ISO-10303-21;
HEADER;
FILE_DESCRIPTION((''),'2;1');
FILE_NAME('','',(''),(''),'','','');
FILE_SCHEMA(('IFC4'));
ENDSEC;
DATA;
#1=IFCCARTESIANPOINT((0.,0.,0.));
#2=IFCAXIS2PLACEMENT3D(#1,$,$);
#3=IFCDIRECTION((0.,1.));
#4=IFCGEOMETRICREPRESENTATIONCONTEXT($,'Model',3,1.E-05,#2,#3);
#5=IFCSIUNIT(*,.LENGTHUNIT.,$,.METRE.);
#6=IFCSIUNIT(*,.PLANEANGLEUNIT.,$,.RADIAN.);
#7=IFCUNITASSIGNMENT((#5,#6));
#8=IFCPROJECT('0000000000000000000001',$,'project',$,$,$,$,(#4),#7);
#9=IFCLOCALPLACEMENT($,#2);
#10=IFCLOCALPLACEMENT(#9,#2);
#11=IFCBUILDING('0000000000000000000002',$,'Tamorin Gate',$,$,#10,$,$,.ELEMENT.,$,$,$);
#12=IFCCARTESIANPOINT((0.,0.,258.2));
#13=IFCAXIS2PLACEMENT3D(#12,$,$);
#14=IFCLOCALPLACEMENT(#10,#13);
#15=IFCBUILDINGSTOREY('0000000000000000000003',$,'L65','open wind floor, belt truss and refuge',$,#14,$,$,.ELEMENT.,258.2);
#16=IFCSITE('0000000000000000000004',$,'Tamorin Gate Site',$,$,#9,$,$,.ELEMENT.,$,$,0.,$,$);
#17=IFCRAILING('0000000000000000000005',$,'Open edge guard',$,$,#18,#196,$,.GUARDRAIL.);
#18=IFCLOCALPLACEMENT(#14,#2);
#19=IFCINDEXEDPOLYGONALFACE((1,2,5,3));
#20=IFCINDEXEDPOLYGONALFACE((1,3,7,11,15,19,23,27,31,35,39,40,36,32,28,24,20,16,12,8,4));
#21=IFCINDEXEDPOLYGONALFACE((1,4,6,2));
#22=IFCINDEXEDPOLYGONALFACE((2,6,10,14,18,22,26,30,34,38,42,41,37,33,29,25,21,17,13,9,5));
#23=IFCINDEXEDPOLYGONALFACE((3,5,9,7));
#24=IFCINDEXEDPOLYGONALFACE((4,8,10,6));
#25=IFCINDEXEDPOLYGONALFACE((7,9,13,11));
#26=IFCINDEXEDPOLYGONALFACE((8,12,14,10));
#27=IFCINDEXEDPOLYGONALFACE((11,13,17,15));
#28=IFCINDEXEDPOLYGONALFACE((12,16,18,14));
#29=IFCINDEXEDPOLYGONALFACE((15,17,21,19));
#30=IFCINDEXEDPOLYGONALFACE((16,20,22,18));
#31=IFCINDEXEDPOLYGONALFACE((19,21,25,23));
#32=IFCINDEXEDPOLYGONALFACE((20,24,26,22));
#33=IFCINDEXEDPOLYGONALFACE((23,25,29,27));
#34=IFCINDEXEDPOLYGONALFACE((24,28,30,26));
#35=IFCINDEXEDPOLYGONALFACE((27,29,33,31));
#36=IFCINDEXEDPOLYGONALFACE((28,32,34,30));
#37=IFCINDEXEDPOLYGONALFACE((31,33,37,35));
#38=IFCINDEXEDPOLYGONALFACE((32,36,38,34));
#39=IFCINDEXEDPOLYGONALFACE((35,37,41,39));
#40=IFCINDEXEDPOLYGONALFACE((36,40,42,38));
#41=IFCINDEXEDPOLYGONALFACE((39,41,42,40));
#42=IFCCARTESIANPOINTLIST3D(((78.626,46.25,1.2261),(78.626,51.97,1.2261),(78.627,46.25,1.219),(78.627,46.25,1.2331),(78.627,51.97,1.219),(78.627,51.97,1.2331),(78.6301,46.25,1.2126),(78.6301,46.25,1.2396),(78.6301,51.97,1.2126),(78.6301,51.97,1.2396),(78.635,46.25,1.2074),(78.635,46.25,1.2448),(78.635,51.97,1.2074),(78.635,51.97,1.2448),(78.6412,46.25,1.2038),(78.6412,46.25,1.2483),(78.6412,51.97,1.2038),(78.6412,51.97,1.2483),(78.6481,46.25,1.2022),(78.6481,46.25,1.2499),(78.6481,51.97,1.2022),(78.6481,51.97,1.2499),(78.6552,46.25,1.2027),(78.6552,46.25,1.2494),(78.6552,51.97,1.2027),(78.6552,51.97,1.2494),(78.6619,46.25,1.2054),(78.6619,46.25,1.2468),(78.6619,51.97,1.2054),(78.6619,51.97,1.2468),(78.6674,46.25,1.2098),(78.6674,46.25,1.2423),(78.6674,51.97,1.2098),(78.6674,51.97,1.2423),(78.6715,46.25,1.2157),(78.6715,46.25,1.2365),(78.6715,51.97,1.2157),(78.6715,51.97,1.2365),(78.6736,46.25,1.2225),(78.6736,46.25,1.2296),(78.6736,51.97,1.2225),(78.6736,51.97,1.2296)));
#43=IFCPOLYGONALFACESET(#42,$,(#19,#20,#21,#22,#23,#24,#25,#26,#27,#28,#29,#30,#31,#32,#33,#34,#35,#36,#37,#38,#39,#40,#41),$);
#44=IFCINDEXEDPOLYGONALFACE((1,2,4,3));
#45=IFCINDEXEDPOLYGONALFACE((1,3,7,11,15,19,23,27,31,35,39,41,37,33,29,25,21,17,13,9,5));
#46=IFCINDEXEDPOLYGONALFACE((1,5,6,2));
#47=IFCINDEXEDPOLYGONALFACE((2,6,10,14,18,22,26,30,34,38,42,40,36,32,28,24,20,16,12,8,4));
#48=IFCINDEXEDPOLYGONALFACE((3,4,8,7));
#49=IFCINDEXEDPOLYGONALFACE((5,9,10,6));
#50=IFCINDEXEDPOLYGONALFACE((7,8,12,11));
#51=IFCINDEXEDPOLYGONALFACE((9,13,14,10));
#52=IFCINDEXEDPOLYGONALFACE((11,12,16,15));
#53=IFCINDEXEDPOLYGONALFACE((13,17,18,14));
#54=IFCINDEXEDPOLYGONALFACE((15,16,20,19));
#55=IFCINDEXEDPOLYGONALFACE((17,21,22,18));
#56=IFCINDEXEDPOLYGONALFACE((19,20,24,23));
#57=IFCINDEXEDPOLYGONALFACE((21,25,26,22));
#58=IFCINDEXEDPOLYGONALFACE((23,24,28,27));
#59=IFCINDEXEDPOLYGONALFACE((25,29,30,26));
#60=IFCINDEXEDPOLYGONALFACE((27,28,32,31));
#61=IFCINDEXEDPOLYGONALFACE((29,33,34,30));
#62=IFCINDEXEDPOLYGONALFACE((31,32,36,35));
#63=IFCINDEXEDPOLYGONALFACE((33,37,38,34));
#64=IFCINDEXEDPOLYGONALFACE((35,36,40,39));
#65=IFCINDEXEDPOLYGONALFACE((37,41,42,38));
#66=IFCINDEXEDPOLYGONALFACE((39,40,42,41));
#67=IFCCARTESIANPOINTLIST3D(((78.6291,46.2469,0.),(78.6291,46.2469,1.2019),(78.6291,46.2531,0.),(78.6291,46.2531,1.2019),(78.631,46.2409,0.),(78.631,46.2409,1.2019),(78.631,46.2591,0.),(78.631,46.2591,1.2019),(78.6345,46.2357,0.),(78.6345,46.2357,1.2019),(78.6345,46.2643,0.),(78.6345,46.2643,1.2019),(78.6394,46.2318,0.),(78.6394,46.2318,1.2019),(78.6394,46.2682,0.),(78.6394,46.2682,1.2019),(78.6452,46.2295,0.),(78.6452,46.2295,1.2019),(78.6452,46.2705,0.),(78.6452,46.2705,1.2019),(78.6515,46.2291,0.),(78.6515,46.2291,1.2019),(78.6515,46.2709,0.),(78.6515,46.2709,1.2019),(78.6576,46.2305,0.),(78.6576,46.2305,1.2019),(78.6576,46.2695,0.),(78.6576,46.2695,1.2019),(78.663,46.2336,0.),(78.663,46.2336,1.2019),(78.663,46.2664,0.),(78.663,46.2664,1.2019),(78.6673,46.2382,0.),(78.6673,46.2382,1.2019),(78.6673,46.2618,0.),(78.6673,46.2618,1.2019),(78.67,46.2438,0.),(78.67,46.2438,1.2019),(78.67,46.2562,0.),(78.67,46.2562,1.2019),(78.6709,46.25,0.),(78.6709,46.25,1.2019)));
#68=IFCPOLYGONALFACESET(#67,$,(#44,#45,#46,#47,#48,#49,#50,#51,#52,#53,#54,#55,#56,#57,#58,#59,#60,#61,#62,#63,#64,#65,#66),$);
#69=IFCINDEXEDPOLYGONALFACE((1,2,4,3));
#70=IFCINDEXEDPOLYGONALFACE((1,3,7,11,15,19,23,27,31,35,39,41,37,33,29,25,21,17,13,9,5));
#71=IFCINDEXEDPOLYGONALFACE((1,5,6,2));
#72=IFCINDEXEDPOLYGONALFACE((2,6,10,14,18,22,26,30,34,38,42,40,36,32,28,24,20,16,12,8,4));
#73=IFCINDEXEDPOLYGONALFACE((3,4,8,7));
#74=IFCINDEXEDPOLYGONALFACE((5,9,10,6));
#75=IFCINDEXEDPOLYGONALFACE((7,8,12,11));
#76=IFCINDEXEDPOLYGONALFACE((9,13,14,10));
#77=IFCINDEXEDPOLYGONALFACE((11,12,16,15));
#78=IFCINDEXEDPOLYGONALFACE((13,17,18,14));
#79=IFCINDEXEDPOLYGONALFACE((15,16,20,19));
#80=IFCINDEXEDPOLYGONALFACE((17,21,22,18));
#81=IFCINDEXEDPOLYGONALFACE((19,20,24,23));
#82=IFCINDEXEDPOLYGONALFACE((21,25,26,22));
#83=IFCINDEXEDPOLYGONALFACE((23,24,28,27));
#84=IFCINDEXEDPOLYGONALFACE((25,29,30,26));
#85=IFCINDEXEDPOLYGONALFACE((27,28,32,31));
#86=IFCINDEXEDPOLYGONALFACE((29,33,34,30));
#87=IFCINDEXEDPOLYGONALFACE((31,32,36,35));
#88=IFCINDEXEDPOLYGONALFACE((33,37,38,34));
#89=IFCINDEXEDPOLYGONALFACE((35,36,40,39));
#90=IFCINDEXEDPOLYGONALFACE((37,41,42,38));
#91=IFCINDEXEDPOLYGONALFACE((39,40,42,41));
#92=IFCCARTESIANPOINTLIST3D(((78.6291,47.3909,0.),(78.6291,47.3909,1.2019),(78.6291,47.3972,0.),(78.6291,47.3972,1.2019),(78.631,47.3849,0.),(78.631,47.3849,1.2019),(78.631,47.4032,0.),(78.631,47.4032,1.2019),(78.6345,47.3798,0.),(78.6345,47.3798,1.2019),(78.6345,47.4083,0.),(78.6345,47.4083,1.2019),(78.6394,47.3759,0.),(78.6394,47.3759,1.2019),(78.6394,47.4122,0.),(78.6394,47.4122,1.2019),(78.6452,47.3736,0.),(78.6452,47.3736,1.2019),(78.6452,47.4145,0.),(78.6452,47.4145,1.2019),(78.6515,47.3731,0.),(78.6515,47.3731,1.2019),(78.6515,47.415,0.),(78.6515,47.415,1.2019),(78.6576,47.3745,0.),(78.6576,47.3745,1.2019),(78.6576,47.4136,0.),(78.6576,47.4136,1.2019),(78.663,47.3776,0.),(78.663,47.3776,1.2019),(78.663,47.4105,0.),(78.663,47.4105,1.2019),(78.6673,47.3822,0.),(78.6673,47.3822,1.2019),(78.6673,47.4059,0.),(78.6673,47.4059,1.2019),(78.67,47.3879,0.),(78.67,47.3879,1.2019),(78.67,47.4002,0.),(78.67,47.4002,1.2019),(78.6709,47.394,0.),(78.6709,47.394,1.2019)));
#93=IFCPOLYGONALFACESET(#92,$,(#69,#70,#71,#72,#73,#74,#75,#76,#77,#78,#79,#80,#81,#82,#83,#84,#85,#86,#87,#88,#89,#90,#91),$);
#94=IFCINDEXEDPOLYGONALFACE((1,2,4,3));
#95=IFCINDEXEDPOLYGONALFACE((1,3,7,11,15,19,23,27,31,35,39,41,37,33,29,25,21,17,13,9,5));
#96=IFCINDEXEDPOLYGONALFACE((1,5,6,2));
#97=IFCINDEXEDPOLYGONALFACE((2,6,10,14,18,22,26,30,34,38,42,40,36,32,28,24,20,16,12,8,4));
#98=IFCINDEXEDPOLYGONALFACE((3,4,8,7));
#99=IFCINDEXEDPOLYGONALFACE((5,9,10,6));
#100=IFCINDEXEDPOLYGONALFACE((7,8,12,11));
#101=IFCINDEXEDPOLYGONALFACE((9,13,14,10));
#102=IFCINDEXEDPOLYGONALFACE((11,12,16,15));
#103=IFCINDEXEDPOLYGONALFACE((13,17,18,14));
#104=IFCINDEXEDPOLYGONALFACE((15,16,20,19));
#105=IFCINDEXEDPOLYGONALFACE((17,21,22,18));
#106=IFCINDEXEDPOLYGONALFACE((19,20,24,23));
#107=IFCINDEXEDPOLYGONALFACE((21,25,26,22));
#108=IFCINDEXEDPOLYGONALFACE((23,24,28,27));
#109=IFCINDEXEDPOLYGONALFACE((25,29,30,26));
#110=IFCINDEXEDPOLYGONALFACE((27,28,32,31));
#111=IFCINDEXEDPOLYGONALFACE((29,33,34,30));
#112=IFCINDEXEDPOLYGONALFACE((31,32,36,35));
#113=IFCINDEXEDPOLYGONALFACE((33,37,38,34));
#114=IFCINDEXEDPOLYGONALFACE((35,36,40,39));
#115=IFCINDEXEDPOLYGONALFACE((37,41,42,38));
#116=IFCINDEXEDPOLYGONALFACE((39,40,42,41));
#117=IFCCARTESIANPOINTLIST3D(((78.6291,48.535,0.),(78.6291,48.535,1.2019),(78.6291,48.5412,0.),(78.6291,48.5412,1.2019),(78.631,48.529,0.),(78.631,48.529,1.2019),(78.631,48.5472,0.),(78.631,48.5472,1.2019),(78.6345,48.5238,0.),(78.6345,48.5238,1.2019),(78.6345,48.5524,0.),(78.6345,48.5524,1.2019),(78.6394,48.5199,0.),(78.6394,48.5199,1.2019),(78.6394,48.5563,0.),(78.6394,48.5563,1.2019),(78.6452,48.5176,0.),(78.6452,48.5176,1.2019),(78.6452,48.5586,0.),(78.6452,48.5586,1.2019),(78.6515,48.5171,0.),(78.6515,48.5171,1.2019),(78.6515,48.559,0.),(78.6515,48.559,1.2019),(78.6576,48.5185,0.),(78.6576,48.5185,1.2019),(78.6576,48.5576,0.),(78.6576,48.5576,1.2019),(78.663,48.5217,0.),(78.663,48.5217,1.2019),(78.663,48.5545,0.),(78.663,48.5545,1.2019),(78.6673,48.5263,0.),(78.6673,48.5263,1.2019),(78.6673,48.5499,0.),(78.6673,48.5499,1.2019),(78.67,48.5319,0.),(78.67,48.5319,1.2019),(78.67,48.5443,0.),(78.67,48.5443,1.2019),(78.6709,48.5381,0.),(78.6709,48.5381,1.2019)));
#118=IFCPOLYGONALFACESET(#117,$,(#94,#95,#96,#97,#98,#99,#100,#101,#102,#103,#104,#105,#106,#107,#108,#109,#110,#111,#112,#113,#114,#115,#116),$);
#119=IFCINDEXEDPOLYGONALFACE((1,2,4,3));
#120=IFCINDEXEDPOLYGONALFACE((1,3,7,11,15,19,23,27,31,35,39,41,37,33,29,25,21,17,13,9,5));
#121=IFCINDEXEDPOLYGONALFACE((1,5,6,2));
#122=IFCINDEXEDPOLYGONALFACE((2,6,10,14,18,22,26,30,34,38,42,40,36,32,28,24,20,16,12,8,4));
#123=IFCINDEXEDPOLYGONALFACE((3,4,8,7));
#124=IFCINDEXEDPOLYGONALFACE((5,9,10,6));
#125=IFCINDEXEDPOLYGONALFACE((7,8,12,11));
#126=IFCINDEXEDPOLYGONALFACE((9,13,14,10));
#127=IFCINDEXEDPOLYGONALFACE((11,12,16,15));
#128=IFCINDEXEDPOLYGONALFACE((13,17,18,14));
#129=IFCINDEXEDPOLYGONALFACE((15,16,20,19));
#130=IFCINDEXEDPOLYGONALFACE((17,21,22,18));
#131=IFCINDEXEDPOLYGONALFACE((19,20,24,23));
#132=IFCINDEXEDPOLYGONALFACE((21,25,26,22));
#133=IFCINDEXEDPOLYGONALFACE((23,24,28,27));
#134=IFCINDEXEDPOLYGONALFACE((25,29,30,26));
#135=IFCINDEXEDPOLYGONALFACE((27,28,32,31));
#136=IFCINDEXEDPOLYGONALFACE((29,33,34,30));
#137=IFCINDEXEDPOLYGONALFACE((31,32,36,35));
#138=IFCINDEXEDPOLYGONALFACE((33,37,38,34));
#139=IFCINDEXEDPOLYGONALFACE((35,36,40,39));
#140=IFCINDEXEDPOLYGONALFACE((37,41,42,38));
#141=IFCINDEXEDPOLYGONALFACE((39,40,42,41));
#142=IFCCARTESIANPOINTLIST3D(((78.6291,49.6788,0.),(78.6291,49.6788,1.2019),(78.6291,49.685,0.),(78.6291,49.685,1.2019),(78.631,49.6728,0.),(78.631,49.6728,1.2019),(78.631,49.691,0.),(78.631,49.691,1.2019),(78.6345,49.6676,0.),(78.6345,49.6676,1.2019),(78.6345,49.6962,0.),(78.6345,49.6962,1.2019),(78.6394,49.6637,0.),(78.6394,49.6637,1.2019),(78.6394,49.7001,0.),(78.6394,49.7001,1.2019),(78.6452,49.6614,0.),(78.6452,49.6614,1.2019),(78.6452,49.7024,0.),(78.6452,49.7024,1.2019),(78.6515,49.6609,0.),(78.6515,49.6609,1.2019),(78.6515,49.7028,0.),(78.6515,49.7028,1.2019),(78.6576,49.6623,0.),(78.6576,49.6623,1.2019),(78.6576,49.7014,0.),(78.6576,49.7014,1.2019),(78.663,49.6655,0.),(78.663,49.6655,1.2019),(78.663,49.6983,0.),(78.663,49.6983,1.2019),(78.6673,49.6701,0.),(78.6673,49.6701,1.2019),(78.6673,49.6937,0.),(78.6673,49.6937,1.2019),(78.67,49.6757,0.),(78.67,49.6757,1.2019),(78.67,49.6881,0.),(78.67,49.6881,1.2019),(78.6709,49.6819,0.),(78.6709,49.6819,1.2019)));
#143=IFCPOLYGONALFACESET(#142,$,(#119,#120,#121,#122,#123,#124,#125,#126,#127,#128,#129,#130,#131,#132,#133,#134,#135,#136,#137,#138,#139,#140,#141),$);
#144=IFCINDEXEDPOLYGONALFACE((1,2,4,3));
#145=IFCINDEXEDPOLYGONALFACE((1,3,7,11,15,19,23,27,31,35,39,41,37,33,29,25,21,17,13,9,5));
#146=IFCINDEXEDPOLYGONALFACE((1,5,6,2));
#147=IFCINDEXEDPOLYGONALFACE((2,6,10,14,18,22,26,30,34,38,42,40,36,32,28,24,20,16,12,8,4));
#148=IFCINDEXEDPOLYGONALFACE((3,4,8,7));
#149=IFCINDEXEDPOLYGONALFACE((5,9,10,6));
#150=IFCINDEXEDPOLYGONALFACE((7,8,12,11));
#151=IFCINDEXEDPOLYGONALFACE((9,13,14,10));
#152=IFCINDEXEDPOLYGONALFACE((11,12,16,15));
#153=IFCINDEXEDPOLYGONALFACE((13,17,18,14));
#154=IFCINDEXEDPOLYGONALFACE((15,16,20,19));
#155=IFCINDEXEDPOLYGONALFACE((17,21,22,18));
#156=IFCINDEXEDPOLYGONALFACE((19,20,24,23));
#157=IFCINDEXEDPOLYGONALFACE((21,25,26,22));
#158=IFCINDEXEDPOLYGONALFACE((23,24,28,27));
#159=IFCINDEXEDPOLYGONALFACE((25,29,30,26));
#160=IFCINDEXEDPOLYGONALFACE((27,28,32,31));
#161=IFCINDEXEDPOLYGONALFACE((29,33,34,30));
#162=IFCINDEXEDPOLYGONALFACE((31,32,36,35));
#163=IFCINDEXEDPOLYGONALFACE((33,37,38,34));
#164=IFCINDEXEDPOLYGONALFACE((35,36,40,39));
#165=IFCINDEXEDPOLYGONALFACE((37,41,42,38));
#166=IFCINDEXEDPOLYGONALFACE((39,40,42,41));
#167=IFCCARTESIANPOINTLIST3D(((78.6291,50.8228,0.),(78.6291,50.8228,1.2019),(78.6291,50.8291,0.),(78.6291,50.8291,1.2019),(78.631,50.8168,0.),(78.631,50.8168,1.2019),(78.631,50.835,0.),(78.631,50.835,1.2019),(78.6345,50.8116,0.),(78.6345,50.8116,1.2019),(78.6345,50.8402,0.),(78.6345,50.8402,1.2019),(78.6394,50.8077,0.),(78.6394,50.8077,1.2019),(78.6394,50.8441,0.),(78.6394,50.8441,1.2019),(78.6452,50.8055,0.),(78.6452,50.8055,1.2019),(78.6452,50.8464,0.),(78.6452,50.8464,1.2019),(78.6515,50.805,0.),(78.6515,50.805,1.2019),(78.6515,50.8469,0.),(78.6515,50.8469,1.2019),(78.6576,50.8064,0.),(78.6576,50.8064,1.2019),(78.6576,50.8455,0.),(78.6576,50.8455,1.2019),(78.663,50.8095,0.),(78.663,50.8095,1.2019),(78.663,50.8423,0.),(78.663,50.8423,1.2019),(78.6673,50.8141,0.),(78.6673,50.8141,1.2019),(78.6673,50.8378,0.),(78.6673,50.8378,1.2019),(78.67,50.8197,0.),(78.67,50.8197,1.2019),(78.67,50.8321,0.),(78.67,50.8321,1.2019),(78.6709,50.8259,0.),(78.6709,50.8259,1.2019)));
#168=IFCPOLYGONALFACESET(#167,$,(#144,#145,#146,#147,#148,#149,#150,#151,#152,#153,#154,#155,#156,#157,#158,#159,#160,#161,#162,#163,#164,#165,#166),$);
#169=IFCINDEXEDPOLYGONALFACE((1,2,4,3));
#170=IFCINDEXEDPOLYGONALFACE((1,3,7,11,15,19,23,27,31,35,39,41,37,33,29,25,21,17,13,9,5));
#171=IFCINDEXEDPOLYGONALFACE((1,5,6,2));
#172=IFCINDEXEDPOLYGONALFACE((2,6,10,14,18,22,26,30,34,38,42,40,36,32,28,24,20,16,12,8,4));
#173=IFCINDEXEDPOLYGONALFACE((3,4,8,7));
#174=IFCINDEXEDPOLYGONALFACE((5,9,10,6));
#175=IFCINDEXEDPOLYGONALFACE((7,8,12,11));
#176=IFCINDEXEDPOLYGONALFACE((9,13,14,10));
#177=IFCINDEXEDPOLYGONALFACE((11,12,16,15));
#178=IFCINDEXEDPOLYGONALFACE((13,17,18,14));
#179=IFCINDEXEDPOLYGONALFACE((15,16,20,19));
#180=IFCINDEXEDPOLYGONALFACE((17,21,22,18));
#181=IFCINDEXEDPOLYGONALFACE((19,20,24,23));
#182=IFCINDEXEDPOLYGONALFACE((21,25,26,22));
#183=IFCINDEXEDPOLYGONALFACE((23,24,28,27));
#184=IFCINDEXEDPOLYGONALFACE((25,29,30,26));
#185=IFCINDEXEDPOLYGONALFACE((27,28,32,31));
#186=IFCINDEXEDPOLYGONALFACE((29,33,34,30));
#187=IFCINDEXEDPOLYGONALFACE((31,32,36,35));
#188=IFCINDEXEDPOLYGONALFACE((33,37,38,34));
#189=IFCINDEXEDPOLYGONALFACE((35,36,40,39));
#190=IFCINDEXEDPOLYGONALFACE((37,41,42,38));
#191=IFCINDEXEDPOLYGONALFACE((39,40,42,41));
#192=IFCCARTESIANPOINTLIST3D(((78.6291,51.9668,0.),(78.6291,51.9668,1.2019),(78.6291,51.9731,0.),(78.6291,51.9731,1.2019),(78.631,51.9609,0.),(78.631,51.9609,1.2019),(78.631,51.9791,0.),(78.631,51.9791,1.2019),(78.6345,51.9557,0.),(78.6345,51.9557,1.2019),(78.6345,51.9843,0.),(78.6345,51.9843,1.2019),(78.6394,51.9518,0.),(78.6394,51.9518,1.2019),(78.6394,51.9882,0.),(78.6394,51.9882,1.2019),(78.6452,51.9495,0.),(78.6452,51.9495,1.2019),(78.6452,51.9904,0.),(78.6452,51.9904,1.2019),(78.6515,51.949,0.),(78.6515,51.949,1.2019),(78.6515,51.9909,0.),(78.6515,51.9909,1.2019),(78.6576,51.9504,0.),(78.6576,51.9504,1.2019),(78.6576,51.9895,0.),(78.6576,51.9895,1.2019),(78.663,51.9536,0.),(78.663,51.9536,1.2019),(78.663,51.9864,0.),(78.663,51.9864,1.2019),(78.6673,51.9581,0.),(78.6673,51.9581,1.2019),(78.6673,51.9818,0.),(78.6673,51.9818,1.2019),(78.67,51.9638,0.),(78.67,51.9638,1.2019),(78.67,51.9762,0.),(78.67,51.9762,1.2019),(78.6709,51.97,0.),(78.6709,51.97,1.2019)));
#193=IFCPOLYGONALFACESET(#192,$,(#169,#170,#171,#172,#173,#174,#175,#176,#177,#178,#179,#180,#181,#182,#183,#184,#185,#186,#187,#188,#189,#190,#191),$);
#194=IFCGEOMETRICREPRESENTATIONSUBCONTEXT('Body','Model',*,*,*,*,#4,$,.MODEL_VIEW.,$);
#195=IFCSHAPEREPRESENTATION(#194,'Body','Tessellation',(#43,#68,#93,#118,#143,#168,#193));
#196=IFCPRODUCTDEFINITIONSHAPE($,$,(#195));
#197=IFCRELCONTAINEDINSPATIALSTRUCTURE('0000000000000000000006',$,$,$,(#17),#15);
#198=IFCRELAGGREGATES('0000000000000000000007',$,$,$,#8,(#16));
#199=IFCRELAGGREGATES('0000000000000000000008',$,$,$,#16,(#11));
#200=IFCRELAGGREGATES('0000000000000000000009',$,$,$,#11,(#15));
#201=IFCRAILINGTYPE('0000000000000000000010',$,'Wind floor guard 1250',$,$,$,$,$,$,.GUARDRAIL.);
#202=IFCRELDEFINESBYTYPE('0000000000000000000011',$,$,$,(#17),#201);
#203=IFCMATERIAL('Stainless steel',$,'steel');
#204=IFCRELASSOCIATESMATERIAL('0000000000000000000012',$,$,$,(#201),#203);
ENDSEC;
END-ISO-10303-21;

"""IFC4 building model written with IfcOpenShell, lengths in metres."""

from ifc_helpers import new_model, si_unit, direction, frame, origin, origin_2d, place, context, subcontext, project, spatial, circle, extrude, material, type_object, element, save


model = new_model("IFC4")

# Units and contexts
model_context = context("Model", 3, precision=1e-05, world=origin(), true_north=direction((0.0, 1.0)))
body_context = subcontext(model_context, "Body", "Model", "MODEL_VIEW")
ifc_project = project(units=[si_unit("LENGTHUNIT", "METRE"), si_unit("PLANEANGLEUNIT", "RADIAN")], contexts=[model_context])

# Site, building, storey
site_placement = place(None, origin())
site = spatial("IfcSite", under=ifc_project, at=site_placement, Name="Tamorin Gate Site", CompositionType="ELEMENT", RefElevation=0.0)
building_placement = place(site_placement, origin())
building = spatial("IfcBuilding", under=site, at=building_placement, Name="Tamorin Gate", CompositionType="ELEMENT")
storey_placement = place(building_placement, frame((0.0, 0.0, 258.2)))
storey = spatial("IfcBuildingStorey", under=building, at=storey_placement, Name="L65", Description="open wind floor, belt truss and refuge", CompositionType="ELEMENT", Elevation=258.2)

# Railing
ifc_material_1 = material(Name="Stainless steel", Category="steel")
railing_type = type_object("IfcRailingType", Name="Wind floor guard 1250", PredefinedType="GUARDRAIL", material=ifc_material_1)
railing_1_placement = place(storey_placement, frame((78.6499, 46.25, 0.0)))
element("IfcRailing", 1, at=railing_1_placement, inside=storey, type_object=railing_type, Name="Open edge guard", PredefinedType="GUARDRAIL", context=body_context, shape_type="SweptSolid", body=[
    extrude(circle(Radius=0.0239, at=origin_2d()), frame((0.0, 0.0, 1.2261), z_axis=(0.0, 1.0, 0.0), x_axis=(-1.0, 0.0, 0.0)), (0.0, 0.0, 1.0), 5.72),
    extrude(circle(Radius=0.021, at=origin_2d()), origin(), (0.0, 0.0, 1.0), 1.2019),
    extrude(circle(Radius=0.021, at=origin_2d()), frame((0.0, 1.144, 0.0)), (0.0, 0.0, 1.0), 1.2019),
    extrude(circle(Radius=0.021, at=origin_2d()), frame((0.0, 2.2881, 0.0)), (0.0, 0.0, 1.0), 1.2019),
    extrude(circle(Radius=0.021, at=origin_2d()), frame((0.0, 3.4319, 0.0)), (0.0, 0.0, 1.0), 1.2019),
    extrude(circle(Radius=0.021, at=origin_2d()), frame((0.0, 4.5759, 0.0)), (0.0, 0.0, 1.0), 1.2019),
    extrude(circle(Radius=0.021, at=origin_2d()), frame((0.0, 5.72, 0.0)), (0.0, 0.0, 1.0), 1.2019),
])

save(model, "model.ifc")
